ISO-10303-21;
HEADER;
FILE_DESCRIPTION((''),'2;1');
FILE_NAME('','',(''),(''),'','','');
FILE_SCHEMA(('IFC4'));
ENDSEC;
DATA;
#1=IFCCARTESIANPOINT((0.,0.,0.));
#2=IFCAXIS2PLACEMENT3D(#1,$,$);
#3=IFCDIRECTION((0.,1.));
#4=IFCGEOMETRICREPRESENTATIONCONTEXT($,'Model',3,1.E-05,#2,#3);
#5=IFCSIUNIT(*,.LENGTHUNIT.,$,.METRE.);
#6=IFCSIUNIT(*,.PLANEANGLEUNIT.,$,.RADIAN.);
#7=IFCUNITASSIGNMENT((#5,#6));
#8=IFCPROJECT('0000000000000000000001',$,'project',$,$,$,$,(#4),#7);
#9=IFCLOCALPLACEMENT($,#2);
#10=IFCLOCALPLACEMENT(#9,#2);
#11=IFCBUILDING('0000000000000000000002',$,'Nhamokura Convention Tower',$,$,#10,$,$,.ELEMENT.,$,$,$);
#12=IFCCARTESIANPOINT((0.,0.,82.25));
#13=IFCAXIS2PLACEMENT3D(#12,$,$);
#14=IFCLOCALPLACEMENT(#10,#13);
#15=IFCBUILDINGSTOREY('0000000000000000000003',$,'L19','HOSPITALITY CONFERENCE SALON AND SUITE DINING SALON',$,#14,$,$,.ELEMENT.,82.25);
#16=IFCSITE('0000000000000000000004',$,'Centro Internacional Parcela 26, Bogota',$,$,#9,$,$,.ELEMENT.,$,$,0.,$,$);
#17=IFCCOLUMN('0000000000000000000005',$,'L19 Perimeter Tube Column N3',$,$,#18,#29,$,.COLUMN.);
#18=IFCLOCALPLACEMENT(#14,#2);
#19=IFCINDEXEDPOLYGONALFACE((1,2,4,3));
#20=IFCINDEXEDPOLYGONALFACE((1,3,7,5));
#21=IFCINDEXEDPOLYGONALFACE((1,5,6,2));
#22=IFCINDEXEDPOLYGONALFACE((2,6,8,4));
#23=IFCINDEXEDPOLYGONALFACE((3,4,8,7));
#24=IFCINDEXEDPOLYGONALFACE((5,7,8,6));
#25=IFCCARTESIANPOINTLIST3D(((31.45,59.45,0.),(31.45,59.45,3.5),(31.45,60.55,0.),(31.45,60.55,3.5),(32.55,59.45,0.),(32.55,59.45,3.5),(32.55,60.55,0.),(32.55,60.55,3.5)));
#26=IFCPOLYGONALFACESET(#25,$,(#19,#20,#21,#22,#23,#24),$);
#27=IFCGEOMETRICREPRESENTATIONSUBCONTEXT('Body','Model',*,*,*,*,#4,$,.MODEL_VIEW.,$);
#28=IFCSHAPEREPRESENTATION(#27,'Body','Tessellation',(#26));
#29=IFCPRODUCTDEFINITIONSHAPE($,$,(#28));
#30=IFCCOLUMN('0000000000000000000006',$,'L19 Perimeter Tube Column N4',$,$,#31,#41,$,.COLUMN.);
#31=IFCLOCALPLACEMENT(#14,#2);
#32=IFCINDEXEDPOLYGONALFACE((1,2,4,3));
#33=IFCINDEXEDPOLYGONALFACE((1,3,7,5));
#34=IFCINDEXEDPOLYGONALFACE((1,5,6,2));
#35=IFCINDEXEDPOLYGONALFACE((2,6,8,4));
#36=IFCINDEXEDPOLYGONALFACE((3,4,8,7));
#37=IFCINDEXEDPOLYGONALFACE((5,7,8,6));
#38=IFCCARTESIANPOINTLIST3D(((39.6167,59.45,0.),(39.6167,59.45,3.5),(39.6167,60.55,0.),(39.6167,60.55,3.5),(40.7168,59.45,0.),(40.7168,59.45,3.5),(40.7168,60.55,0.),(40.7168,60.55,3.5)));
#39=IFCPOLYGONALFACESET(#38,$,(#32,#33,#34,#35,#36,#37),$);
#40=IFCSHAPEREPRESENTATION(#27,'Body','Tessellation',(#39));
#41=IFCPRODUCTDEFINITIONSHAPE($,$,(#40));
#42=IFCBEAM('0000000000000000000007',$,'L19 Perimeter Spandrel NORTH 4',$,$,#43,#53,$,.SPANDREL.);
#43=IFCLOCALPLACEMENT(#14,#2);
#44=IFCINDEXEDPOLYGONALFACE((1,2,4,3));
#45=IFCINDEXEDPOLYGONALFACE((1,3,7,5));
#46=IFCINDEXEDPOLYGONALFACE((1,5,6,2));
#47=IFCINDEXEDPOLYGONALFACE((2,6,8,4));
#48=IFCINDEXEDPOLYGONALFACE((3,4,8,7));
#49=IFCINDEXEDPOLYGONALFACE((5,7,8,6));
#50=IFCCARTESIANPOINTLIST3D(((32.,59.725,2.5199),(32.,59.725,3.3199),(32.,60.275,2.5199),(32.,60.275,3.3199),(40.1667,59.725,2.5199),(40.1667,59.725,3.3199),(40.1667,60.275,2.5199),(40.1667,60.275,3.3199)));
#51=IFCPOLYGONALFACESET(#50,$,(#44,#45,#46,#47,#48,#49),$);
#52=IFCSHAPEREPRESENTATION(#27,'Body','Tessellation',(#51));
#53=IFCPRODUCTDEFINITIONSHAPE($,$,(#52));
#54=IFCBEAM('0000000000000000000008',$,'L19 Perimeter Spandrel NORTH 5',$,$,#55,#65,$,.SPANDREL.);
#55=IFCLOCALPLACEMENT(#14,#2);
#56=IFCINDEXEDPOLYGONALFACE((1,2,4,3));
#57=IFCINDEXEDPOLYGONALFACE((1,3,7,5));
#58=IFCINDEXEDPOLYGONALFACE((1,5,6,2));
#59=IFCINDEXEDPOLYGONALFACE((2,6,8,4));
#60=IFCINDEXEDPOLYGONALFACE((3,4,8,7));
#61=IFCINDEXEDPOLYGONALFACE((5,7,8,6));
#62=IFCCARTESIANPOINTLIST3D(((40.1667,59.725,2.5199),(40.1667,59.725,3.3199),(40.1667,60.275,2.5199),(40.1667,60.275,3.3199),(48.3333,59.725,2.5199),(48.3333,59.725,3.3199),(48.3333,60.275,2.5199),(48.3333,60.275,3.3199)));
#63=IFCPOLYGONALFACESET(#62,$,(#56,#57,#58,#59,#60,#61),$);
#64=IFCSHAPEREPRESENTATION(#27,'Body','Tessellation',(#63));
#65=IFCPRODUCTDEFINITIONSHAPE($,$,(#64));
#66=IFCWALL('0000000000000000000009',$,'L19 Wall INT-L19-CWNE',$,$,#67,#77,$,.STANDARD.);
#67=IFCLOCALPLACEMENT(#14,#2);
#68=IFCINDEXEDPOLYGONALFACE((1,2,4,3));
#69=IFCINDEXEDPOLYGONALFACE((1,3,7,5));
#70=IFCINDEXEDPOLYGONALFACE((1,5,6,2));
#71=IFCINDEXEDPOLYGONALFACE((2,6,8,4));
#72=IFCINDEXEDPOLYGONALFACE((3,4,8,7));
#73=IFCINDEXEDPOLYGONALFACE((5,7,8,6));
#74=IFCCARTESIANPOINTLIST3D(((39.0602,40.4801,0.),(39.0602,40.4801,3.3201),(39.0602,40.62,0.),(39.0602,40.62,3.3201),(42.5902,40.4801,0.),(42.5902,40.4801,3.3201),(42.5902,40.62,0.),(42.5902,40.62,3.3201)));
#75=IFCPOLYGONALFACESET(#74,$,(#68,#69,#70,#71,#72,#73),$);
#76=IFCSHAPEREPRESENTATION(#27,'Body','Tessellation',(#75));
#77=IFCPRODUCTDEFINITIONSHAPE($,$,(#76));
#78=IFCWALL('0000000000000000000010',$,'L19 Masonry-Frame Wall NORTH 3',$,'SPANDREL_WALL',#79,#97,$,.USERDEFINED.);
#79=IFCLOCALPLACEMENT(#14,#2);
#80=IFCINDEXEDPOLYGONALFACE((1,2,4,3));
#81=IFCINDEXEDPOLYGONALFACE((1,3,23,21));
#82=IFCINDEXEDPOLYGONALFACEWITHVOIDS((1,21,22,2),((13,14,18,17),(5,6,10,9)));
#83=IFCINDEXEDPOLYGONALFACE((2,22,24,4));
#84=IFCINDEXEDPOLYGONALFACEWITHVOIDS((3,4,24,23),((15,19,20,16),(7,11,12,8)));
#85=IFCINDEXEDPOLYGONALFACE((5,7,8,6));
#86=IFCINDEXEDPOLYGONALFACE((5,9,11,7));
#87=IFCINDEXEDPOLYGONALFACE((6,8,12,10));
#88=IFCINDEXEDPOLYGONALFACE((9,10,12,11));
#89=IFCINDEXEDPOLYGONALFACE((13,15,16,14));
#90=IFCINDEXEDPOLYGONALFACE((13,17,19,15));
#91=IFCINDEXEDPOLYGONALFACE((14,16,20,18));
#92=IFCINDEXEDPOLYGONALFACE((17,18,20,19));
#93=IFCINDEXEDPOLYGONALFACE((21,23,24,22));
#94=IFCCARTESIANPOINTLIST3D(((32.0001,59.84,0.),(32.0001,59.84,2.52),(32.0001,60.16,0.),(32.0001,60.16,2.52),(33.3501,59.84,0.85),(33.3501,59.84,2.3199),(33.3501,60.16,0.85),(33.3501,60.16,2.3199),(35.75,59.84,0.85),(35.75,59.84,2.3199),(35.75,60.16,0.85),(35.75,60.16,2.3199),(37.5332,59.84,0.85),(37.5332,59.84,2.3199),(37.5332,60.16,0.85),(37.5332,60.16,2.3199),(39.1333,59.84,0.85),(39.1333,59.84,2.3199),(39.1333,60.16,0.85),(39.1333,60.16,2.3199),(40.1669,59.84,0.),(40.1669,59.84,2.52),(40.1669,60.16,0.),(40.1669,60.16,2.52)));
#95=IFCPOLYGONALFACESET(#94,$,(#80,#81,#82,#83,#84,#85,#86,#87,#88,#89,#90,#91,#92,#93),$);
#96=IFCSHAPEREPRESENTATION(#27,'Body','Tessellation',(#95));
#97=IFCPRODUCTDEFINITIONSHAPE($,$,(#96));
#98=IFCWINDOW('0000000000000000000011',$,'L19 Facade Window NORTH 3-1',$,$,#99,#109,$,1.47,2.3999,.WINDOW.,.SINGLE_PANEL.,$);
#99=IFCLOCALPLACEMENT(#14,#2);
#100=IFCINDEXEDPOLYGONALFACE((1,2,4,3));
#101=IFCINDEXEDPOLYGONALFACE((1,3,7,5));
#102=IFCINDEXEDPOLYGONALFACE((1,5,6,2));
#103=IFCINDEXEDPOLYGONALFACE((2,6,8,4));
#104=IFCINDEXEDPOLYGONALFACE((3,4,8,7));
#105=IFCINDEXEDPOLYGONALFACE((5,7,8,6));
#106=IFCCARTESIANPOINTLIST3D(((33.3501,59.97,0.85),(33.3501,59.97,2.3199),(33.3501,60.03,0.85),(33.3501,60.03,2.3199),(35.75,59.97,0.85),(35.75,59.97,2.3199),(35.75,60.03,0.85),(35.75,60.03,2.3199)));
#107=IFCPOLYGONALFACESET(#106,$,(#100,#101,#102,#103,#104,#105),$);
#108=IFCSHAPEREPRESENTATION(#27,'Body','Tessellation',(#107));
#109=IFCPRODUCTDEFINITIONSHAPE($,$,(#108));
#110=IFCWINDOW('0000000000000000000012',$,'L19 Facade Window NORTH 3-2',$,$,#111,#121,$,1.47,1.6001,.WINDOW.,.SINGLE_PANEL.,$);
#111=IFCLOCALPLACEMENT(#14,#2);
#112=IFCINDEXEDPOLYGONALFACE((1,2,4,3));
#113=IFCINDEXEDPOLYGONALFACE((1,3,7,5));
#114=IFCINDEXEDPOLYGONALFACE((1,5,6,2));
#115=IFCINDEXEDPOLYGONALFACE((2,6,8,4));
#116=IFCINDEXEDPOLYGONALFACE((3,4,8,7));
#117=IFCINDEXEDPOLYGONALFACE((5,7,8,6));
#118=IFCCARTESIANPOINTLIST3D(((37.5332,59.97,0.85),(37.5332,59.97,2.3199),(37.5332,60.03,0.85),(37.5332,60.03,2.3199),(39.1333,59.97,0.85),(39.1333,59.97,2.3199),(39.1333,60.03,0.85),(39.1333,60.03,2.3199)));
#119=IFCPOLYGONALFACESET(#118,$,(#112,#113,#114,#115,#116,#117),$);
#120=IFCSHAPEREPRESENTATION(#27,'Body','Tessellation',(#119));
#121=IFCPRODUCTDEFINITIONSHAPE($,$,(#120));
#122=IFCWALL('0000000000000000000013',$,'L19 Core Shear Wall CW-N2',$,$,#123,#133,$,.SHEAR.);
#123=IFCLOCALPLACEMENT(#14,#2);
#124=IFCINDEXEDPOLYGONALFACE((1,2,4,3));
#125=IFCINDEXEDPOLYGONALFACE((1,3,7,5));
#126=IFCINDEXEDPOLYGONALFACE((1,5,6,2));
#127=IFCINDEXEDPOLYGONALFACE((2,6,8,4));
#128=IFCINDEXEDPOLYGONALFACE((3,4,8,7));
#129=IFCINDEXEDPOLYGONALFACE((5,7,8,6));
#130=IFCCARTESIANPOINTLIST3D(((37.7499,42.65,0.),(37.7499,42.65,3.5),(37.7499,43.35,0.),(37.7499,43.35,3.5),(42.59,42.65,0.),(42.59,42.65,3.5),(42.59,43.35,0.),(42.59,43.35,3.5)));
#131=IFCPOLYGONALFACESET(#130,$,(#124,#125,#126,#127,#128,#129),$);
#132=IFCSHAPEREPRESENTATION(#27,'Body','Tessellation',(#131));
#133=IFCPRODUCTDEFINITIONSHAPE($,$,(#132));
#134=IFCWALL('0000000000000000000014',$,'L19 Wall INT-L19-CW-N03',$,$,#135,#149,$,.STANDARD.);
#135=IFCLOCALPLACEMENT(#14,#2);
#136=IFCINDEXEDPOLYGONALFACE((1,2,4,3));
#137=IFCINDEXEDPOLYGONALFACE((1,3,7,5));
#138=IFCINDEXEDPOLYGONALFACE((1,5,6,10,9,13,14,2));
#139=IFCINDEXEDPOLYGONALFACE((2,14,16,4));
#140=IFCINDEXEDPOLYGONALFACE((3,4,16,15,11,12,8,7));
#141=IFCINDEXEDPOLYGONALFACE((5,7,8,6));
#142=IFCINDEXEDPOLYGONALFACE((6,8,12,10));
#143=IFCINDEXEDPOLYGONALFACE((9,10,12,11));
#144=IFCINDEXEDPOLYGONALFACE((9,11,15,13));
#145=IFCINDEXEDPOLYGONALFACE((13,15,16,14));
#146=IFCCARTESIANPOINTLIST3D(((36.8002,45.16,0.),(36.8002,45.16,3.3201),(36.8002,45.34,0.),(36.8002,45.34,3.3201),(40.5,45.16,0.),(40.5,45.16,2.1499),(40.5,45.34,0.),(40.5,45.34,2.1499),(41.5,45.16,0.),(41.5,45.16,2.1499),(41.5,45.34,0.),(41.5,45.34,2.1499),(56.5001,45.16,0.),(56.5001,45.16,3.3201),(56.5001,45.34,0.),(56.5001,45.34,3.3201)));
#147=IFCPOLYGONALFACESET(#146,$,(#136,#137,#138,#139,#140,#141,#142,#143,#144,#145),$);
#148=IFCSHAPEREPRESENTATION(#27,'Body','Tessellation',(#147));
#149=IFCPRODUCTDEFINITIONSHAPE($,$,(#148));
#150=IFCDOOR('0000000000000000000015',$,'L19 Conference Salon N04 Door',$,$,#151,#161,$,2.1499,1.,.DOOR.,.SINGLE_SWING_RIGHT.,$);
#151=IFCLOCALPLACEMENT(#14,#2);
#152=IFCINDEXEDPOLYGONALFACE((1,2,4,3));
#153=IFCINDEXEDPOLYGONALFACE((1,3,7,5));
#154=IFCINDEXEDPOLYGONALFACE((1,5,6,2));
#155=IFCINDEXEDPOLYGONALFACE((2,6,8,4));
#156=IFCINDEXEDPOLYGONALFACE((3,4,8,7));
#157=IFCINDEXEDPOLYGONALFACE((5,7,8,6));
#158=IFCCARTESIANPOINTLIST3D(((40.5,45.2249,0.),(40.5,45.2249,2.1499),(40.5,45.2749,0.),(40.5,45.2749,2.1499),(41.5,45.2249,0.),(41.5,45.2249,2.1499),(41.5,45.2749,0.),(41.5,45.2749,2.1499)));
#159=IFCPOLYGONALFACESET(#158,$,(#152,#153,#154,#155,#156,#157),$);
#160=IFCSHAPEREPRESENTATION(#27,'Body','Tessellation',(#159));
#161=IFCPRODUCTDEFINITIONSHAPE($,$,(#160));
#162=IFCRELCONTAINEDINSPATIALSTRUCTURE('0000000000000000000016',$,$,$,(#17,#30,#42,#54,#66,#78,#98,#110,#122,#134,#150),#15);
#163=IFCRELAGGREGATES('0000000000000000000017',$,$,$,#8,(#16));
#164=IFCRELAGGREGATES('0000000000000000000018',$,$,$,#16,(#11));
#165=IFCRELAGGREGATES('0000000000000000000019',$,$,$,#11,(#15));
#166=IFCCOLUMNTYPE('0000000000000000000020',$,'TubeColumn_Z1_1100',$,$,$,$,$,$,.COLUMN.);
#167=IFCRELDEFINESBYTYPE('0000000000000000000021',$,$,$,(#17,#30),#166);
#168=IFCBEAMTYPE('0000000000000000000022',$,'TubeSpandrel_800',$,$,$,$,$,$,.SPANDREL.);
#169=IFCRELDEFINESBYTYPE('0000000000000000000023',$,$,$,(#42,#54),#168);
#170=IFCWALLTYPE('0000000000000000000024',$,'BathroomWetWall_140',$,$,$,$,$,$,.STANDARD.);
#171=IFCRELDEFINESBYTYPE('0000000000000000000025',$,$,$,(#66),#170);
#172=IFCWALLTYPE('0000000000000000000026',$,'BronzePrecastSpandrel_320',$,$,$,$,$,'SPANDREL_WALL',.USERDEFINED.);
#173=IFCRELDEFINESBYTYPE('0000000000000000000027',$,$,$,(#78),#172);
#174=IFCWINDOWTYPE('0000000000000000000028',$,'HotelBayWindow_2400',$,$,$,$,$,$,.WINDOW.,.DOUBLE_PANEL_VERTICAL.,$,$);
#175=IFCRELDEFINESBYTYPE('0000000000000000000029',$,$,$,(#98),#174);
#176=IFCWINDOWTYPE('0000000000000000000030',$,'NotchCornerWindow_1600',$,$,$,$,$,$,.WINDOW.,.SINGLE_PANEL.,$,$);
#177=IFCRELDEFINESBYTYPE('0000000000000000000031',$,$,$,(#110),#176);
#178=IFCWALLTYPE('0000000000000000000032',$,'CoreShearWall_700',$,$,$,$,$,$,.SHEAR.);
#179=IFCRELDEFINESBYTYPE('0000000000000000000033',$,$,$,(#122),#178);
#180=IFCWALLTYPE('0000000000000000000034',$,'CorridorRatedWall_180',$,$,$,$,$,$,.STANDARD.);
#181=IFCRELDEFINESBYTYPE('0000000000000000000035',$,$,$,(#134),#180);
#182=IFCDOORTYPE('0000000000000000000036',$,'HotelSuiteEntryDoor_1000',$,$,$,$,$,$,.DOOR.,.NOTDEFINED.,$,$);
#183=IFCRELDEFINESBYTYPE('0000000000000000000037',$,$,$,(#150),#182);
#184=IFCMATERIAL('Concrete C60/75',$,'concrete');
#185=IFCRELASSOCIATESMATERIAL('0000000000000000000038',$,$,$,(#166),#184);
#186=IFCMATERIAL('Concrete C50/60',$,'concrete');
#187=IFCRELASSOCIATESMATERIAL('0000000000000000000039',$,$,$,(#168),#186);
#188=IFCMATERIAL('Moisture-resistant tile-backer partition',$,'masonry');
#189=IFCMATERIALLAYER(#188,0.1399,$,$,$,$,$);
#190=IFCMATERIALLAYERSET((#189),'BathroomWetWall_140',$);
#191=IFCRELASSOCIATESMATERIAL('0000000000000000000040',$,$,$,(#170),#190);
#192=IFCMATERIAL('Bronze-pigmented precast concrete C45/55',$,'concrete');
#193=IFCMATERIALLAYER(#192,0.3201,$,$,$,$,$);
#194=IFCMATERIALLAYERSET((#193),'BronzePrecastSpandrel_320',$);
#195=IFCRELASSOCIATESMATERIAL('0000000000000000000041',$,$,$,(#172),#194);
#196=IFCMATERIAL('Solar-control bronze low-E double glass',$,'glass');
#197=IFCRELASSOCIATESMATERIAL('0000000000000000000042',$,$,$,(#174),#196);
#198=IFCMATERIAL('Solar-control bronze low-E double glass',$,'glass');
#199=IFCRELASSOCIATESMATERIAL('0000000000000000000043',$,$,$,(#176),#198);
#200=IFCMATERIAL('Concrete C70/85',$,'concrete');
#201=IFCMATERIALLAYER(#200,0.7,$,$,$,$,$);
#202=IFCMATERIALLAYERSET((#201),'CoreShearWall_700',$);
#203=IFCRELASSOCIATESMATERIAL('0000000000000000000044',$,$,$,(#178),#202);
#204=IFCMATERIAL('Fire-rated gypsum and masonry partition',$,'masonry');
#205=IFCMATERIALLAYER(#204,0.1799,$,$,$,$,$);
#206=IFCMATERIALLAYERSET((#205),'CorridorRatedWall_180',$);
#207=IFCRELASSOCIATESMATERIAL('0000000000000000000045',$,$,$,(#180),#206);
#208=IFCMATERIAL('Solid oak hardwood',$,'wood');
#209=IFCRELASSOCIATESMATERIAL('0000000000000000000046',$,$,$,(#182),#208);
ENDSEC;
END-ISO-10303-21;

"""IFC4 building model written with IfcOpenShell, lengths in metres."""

from ifc_helpers import new_model, si_unit, direction, frame, frame_2d, origin, origin_2d, place, context, subcontext, project, spatial, rectangle, extrude, material, layer, layer_set, material_profile, profile_set, type_object, element, fill, save


model = new_model("IFC4")

# Units and contexts
model_context = context("Model", 3, precision=1e-05, world=origin(), true_north=direction((0.0, 1.0)))
body_context = subcontext(model_context, "Body", "Model", "MODEL_VIEW")
ifc_project = project(units=[si_unit("LENGTHUNIT", "METRE"), si_unit("PLANEANGLEUNIT", "RADIAN")], contexts=[model_context])

# Site, building, storey
site_placement = place(None, origin())
site = spatial("IfcSite", under=ifc_project, at=site_placement, Name="Centro Internacional Parcela 26, Bogota", CompositionType="ELEMENT", RefElevation=0.0)
building_placement = place(site_placement, origin())
building = spatial("IfcBuilding", under=site, at=building_placement, Name="Nhamokura Convention Tower", CompositionType="ELEMENT")
storey_placement = place(building_placement, frame((0.0, 0.0, 82.25)))
storey = spatial("IfcBuildingStorey", under=building, at=storey_placement, Name="L19", Description="HOSPITALITY CONFERENCE SALON AND SUITE DINING SALON", CompositionType="ELEMENT", Elevation=82.25)

# Columns
ifc_material_1 = material(Name="Concrete C60/75", Category="concrete")
ifc_material_profile_1 = material_profile(ifc_material_1, rectangle(XDim=1.1001, YDim=1.1001, at=origin_2d()))
ifc_profile_set_1 = profile_set([ifc_material_profile_1], Name="Concrete C60/75")
column_type = type_object("IfcColumnType", Name="TubeColumn_Z1_1100", PredefinedType="COLUMN", material=ifc_profile_set_1)
for number, where, z_axis, x_axis, name in (
    (1, (32.0, 60.0, 0.0), (0.0, 0.0, 1.0), (1.0, 0.0, 0.0), "L19 Perimeter Tube Column N3"),
    (2, (40.1667, 60.0, 0.0), (0.0, 0.0, 1.0), (1.0, 0.0, 0.0), "L19 Perimeter Tube Column N4"),
):
    element("IfcColumn", number, at=place(storey_placement, frame(where, z_axis=z_axis, x_axis=x_axis)), inside=storey, type_object=column_type, Name=name, PredefinedType="COLUMN", context=body_context, shape_type="SweptSolid", body=[
        extrude(rectangle(XDim=1.1001, YDim=1.1001, at=origin_2d()), origin(), (0.0, 0.0, 1.0), 3.5),
    ])

# Beams
ifc_material_2 = material(Name="Concrete C50/60", Category="concrete")
ifc_material_profile_2 = material_profile(ifc_material_2, rectangle(XDim=0.55, YDim=0.8, at=origin_2d()))
ifc_profile_set_2 = profile_set([ifc_material_profile_2], Name="Concrete C50/60")
beam_type = type_object("IfcBeamType", Name="TubeSpandrel_800", PredefinedType="SPANDREL", material=ifc_profile_set_2)
beam_1_placement = place(storey_placement, frame((32.0, 60.0, 2.9199), z_axis=(1.0, 0.0, 0.0), x_axis=(0.0, 1.0, 0.0)))
element("IfcBeam", 3, at=beam_1_placement, inside=storey, type_object=beam_type, Name="L19 Perimeter Spandrel NORTH 4", PredefinedType="SPANDREL", context=body_context, shape_type="SweptSolid", body=[
    extrude(rectangle(XDim=0.55, YDim=0.8, at=origin_2d()), origin(), (0.0, 0.0, 1.0), 8.1667),
])
beam_2_placement = place(storey_placement, frame((40.1667, 60.0, 2.9199), z_axis=(1.0, 0.0, 0.0), x_axis=(0.0, 1.0, 0.0)))
element("IfcBeam", 4, at=beam_2_placement, inside=storey, type_object=beam_type, Name="L19 Perimeter Spandrel NORTH 5", PredefinedType="SPANDREL", context=body_context, shape_type="SweptSolid", body=[
    extrude(rectangle(XDim=0.55, YDim=0.8, at=origin_2d()), origin(), (0.0, 0.0, 1.0), 8.1665),
])

# Wall
ifc_material_3 = material(Name="Moisture-resistant tile-backer partition", Category="masonry")
ifc_layer_1 = layer(ifc_material_3, 0.1399)
ifc_layer_set_1 = layer_set([ifc_layer_1], Name="BathroomWetWall_140")
wall_type_1 = type_object("IfcWallType", Name="BathroomWetWall_140", PredefinedType="STANDARD", material=ifc_layer_set_1)
wall_1_placement = place(storey_placement, frame((39.0601, 40.55, 0.0), z_axis=(0.0, 0.0, 1.0), x_axis=(1.0, 0.0, 0.0)))
element("IfcWall", 5, at=wall_1_placement, inside=storey, type_object=wall_type_1, Name="L19 Wall INT-L19-CWNE", PredefinedType="STANDARD", context=body_context, shape_type="SweptSolid", body=[
    extrude(rectangle(XDim=3.53, YDim=0.1399, at=frame_2d((1.7651, 0.0))), origin(), (0.0, 0.0, 1.0), 3.3201),
])

# Wall, openings, windows
ifc_material_4 = material(Name="Bronze-pigmented precast concrete C45/55", Category="concrete")
ifc_layer_2 = layer(ifc_material_4, 0.3201)
ifc_layer_set_2 = layer_set([ifc_layer_2], Name="BronzePrecastSpandrel_320")
wall_type_2 = type_object("IfcWallType", Name="BronzePrecastSpandrel_320", ElementType="SPANDREL_WALL", PredefinedType="USERDEFINED", material=ifc_layer_set_2)
wall_2_placement = place(storey_placement, frame((32.0, 60.0, 0.0), z_axis=(0.0, 0.0, 1.0), x_axis=(1.0, 0.0, 0.0)))
wall_2 = element("IfcWall", 6, at=wall_2_placement, inside=storey, type_object=wall_type_2, Name="L19 Masonry-Frame Wall NORTH 3", ObjectType="SPANDREL_WALL", PredefinedType="USERDEFINED", context=body_context, shape_type="SweptSolid", body=[
    extrude(rectangle(XDim=8.1667, YDim=0.3201, at=frame_2d((4.0835, 0.0))), origin(), (0.0, 0.0, 1.0), 2.52),
])
opening_1_placement = place(wall_2_placement, frame((1.3501, 0.0, 0.8501)))
opening_1 = element("IfcOpeningElement", 7, at=opening_1_placement, cuts=wall_2, PredefinedType="OPENING", context=body_context, shape_type="SweptSolid", body=[
    extrude(rectangle(XDim=2.3999, YDim=1.47, at=frame_2d((1.2, 0.7349))), frame((0.0, 0.1699, 0.0), z_axis=(0.0, -1.0, 0.0), x_axis=(1.0, 0.0, 0.0)), (0.0, 0.0, 1.0), 0.3401),
])
opening_2_placement = place(wall_2_placement, frame((5.5332, 0.0, 0.8501)))
opening_2 = element("IfcOpeningElement", 8, at=opening_2_placement, cuts=wall_2, PredefinedType="OPENING", context=body_context, shape_type="SweptSolid", body=[
    extrude(rectangle(XDim=1.6001, YDim=1.47, at=frame_2d((0.8, 0.7349))), frame((0.0, 0.1699, 0.0), z_axis=(0.0, -1.0, 0.0), x_axis=(1.0, 0.0, 0.0)), (0.0, 0.0, 1.0), 0.3401),
])
ifc_material_5 = material(Name="Solar-control bronze low-E double glass", Category="glass")
window_type_1 = type_object("IfcWindowType", Name="HotelBayWindow_2400", PartitioningType="DOUBLE_PANEL_VERTICAL", PredefinedType="WINDOW", material=ifc_material_5)
window_1_placement = place(opening_1_placement, origin())
window_1 = element("IfcWindow", 9, at=window_1_placement, inside=storey, type_object=window_type_1, Name="L19 Facade Window NORTH 3-1", OverallHeight=1.47, OverallWidth=2.3999, PartitioningType="SINGLE_PANEL", PredefinedType="WINDOW", context=body_context, shape_type="SweptSolid", body=[
    extrude(rectangle(XDim=2.3999, YDim=1.47, at=frame_2d((1.2, 0.7349))), frame((0.0, 0.03, 0.0), z_axis=(0.0, -1.0, 0.0), x_axis=(1.0, 0.0, 0.0)), (0.0, 0.0, 1.0), 0.0601),
])
fill(opening_1, window_1)
ifc_material_6 = material(Name="Solar-control bronze low-E double glass", Category="glass")
window_type_2 = type_object("IfcWindowType", Name="NotchCornerWindow_1600", PartitioningType="SINGLE_PANEL", PredefinedType="WINDOW", material=ifc_material_6)
window_2_placement = place(opening_2_placement, origin())
window_2 = element("IfcWindow", 10, at=window_2_placement, inside=storey, type_object=window_type_2, Name="L19 Facade Window NORTH 3-2", OverallHeight=1.47, OverallWidth=1.6001, PartitioningType="SINGLE_PANEL", PredefinedType="WINDOW", context=body_context, shape_type="SweptSolid", body=[
    extrude(rectangle(XDim=1.6001, YDim=1.47, at=frame_2d((0.8, 0.7349))), frame((0.0, 0.03, 0.0), z_axis=(0.0, -1.0, 0.0), x_axis=(1.0, 0.0, 0.0)), (0.0, 0.0, 1.0), 0.0601),
])
fill(opening_2, window_2)

# Wall
ifc_material_7 = material(Name="Concrete C70/85", Category="concrete")
ifc_layer_3 = layer(ifc_material_7, 0.7)
ifc_layer_set_3 = layer_set([ifc_layer_3], Name="CoreShearWall_700")
wall_type_3 = type_object("IfcWallType", Name="CoreShearWall_700", PredefinedType="SHEAR", material=ifc_layer_set_3)
wall_3_placement = place(storey_placement, frame((37.75, 43.0, 0.0), z_axis=(0.0, 0.0, 1.0), x_axis=(1.0, 0.0, 0.0)))
element("IfcWall", 11, at=wall_3_placement, inside=storey, type_object=wall_type_3, Name="L19 Core Shear Wall CW-N2", PredefinedType="SHEAR", context=body_context, shape_type="SweptSolid", body=[
    extrude(rectangle(XDim=4.8401, YDim=0.7, at=frame_2d((2.4199, 0.0))), origin(), (0.0, 0.0, 1.0), 3.5),
])

# Wall, opening, door
ifc_material_8 = material(Name="Fire-rated gypsum and masonry partition", Category="masonry")
ifc_layer_4 = layer(ifc_material_8, 0.1799)
ifc_layer_set_4 = layer_set([ifc_layer_4], Name="CorridorRatedWall_180")
wall_type_4 = type_object("IfcWallType", Name="CorridorRatedWall_180", PredefinedType="STANDARD", material=ifc_layer_set_4)
wall_4_placement = place(storey_placement, frame((36.8, 45.25, 0.0), z_axis=(0.0, 0.0, 1.0), x_axis=(1.0, 0.0, 0.0)))
wall_4 = element("IfcWall", 12, at=wall_4_placement, inside=storey, type_object=wall_type_4, Name="L19 Wall INT-L19-CW-N03", PredefinedType="STANDARD", context=body_context, shape_type="SweptSolid", body=[
    extrude(rectangle(XDim=19.7, YDim=0.1799, at=frame_2d((9.8501, 0.0))), origin(), (0.0, 0.0, 1.0), 3.3201),
])
opening_3_placement = place(wall_4_placement, frame((3.7, 0.0, 0.0)))
opening_3 = element("IfcOpeningElement", 13, at=opening_3_placement, cuts=wall_4, PredefinedType="OPENING", context=body_context, shape_type="SweptSolid", body=[
    extrude(rectangle(XDim=1.0, YDim=2.1499, at=frame_2d((0.5, 1.075))), frame((0.0, 0.0999, 0.0), z_axis=(0.0, -1.0, 0.0), x_axis=(1.0, 0.0, 0.0)), (0.0, 0.0, 1.0), 0.2),
])
ifc_material_9 = material(Name="Solid oak hardwood", Category="wood")
door_type_1 = type_object("IfcDoorType", Name="HotelSuiteEntryDoor_1000", OperationType="NOTDEFINED", PredefinedType="DOOR", material=ifc_material_9)
door_1_placement = place(opening_3_placement, origin())
door_1 = element("IfcDoor", 14, at=door_1_placement, inside=storey, type_object=door_type_1, Name="L19 Conference Salon N04 Door", OperationType="SINGLE_SWING_RIGHT", OverallHeight=2.1499, OverallWidth=1.0, PredefinedType="DOOR", context=body_context, shape_type="SweptSolid", body=[
    extrude(rectangle(XDim=1.0, YDim=2.1499, at=frame_2d((0.5, 1.075))), frame((0.0, 0.0249, 0.0), z_axis=(0.0, -1.0, 0.0), x_axis=(1.0, 0.0, 0.0)), (0.0, 0.0, 1.0), 0.05),
])
fill(opening_3, door_1)

save(model, "model.ifc")
